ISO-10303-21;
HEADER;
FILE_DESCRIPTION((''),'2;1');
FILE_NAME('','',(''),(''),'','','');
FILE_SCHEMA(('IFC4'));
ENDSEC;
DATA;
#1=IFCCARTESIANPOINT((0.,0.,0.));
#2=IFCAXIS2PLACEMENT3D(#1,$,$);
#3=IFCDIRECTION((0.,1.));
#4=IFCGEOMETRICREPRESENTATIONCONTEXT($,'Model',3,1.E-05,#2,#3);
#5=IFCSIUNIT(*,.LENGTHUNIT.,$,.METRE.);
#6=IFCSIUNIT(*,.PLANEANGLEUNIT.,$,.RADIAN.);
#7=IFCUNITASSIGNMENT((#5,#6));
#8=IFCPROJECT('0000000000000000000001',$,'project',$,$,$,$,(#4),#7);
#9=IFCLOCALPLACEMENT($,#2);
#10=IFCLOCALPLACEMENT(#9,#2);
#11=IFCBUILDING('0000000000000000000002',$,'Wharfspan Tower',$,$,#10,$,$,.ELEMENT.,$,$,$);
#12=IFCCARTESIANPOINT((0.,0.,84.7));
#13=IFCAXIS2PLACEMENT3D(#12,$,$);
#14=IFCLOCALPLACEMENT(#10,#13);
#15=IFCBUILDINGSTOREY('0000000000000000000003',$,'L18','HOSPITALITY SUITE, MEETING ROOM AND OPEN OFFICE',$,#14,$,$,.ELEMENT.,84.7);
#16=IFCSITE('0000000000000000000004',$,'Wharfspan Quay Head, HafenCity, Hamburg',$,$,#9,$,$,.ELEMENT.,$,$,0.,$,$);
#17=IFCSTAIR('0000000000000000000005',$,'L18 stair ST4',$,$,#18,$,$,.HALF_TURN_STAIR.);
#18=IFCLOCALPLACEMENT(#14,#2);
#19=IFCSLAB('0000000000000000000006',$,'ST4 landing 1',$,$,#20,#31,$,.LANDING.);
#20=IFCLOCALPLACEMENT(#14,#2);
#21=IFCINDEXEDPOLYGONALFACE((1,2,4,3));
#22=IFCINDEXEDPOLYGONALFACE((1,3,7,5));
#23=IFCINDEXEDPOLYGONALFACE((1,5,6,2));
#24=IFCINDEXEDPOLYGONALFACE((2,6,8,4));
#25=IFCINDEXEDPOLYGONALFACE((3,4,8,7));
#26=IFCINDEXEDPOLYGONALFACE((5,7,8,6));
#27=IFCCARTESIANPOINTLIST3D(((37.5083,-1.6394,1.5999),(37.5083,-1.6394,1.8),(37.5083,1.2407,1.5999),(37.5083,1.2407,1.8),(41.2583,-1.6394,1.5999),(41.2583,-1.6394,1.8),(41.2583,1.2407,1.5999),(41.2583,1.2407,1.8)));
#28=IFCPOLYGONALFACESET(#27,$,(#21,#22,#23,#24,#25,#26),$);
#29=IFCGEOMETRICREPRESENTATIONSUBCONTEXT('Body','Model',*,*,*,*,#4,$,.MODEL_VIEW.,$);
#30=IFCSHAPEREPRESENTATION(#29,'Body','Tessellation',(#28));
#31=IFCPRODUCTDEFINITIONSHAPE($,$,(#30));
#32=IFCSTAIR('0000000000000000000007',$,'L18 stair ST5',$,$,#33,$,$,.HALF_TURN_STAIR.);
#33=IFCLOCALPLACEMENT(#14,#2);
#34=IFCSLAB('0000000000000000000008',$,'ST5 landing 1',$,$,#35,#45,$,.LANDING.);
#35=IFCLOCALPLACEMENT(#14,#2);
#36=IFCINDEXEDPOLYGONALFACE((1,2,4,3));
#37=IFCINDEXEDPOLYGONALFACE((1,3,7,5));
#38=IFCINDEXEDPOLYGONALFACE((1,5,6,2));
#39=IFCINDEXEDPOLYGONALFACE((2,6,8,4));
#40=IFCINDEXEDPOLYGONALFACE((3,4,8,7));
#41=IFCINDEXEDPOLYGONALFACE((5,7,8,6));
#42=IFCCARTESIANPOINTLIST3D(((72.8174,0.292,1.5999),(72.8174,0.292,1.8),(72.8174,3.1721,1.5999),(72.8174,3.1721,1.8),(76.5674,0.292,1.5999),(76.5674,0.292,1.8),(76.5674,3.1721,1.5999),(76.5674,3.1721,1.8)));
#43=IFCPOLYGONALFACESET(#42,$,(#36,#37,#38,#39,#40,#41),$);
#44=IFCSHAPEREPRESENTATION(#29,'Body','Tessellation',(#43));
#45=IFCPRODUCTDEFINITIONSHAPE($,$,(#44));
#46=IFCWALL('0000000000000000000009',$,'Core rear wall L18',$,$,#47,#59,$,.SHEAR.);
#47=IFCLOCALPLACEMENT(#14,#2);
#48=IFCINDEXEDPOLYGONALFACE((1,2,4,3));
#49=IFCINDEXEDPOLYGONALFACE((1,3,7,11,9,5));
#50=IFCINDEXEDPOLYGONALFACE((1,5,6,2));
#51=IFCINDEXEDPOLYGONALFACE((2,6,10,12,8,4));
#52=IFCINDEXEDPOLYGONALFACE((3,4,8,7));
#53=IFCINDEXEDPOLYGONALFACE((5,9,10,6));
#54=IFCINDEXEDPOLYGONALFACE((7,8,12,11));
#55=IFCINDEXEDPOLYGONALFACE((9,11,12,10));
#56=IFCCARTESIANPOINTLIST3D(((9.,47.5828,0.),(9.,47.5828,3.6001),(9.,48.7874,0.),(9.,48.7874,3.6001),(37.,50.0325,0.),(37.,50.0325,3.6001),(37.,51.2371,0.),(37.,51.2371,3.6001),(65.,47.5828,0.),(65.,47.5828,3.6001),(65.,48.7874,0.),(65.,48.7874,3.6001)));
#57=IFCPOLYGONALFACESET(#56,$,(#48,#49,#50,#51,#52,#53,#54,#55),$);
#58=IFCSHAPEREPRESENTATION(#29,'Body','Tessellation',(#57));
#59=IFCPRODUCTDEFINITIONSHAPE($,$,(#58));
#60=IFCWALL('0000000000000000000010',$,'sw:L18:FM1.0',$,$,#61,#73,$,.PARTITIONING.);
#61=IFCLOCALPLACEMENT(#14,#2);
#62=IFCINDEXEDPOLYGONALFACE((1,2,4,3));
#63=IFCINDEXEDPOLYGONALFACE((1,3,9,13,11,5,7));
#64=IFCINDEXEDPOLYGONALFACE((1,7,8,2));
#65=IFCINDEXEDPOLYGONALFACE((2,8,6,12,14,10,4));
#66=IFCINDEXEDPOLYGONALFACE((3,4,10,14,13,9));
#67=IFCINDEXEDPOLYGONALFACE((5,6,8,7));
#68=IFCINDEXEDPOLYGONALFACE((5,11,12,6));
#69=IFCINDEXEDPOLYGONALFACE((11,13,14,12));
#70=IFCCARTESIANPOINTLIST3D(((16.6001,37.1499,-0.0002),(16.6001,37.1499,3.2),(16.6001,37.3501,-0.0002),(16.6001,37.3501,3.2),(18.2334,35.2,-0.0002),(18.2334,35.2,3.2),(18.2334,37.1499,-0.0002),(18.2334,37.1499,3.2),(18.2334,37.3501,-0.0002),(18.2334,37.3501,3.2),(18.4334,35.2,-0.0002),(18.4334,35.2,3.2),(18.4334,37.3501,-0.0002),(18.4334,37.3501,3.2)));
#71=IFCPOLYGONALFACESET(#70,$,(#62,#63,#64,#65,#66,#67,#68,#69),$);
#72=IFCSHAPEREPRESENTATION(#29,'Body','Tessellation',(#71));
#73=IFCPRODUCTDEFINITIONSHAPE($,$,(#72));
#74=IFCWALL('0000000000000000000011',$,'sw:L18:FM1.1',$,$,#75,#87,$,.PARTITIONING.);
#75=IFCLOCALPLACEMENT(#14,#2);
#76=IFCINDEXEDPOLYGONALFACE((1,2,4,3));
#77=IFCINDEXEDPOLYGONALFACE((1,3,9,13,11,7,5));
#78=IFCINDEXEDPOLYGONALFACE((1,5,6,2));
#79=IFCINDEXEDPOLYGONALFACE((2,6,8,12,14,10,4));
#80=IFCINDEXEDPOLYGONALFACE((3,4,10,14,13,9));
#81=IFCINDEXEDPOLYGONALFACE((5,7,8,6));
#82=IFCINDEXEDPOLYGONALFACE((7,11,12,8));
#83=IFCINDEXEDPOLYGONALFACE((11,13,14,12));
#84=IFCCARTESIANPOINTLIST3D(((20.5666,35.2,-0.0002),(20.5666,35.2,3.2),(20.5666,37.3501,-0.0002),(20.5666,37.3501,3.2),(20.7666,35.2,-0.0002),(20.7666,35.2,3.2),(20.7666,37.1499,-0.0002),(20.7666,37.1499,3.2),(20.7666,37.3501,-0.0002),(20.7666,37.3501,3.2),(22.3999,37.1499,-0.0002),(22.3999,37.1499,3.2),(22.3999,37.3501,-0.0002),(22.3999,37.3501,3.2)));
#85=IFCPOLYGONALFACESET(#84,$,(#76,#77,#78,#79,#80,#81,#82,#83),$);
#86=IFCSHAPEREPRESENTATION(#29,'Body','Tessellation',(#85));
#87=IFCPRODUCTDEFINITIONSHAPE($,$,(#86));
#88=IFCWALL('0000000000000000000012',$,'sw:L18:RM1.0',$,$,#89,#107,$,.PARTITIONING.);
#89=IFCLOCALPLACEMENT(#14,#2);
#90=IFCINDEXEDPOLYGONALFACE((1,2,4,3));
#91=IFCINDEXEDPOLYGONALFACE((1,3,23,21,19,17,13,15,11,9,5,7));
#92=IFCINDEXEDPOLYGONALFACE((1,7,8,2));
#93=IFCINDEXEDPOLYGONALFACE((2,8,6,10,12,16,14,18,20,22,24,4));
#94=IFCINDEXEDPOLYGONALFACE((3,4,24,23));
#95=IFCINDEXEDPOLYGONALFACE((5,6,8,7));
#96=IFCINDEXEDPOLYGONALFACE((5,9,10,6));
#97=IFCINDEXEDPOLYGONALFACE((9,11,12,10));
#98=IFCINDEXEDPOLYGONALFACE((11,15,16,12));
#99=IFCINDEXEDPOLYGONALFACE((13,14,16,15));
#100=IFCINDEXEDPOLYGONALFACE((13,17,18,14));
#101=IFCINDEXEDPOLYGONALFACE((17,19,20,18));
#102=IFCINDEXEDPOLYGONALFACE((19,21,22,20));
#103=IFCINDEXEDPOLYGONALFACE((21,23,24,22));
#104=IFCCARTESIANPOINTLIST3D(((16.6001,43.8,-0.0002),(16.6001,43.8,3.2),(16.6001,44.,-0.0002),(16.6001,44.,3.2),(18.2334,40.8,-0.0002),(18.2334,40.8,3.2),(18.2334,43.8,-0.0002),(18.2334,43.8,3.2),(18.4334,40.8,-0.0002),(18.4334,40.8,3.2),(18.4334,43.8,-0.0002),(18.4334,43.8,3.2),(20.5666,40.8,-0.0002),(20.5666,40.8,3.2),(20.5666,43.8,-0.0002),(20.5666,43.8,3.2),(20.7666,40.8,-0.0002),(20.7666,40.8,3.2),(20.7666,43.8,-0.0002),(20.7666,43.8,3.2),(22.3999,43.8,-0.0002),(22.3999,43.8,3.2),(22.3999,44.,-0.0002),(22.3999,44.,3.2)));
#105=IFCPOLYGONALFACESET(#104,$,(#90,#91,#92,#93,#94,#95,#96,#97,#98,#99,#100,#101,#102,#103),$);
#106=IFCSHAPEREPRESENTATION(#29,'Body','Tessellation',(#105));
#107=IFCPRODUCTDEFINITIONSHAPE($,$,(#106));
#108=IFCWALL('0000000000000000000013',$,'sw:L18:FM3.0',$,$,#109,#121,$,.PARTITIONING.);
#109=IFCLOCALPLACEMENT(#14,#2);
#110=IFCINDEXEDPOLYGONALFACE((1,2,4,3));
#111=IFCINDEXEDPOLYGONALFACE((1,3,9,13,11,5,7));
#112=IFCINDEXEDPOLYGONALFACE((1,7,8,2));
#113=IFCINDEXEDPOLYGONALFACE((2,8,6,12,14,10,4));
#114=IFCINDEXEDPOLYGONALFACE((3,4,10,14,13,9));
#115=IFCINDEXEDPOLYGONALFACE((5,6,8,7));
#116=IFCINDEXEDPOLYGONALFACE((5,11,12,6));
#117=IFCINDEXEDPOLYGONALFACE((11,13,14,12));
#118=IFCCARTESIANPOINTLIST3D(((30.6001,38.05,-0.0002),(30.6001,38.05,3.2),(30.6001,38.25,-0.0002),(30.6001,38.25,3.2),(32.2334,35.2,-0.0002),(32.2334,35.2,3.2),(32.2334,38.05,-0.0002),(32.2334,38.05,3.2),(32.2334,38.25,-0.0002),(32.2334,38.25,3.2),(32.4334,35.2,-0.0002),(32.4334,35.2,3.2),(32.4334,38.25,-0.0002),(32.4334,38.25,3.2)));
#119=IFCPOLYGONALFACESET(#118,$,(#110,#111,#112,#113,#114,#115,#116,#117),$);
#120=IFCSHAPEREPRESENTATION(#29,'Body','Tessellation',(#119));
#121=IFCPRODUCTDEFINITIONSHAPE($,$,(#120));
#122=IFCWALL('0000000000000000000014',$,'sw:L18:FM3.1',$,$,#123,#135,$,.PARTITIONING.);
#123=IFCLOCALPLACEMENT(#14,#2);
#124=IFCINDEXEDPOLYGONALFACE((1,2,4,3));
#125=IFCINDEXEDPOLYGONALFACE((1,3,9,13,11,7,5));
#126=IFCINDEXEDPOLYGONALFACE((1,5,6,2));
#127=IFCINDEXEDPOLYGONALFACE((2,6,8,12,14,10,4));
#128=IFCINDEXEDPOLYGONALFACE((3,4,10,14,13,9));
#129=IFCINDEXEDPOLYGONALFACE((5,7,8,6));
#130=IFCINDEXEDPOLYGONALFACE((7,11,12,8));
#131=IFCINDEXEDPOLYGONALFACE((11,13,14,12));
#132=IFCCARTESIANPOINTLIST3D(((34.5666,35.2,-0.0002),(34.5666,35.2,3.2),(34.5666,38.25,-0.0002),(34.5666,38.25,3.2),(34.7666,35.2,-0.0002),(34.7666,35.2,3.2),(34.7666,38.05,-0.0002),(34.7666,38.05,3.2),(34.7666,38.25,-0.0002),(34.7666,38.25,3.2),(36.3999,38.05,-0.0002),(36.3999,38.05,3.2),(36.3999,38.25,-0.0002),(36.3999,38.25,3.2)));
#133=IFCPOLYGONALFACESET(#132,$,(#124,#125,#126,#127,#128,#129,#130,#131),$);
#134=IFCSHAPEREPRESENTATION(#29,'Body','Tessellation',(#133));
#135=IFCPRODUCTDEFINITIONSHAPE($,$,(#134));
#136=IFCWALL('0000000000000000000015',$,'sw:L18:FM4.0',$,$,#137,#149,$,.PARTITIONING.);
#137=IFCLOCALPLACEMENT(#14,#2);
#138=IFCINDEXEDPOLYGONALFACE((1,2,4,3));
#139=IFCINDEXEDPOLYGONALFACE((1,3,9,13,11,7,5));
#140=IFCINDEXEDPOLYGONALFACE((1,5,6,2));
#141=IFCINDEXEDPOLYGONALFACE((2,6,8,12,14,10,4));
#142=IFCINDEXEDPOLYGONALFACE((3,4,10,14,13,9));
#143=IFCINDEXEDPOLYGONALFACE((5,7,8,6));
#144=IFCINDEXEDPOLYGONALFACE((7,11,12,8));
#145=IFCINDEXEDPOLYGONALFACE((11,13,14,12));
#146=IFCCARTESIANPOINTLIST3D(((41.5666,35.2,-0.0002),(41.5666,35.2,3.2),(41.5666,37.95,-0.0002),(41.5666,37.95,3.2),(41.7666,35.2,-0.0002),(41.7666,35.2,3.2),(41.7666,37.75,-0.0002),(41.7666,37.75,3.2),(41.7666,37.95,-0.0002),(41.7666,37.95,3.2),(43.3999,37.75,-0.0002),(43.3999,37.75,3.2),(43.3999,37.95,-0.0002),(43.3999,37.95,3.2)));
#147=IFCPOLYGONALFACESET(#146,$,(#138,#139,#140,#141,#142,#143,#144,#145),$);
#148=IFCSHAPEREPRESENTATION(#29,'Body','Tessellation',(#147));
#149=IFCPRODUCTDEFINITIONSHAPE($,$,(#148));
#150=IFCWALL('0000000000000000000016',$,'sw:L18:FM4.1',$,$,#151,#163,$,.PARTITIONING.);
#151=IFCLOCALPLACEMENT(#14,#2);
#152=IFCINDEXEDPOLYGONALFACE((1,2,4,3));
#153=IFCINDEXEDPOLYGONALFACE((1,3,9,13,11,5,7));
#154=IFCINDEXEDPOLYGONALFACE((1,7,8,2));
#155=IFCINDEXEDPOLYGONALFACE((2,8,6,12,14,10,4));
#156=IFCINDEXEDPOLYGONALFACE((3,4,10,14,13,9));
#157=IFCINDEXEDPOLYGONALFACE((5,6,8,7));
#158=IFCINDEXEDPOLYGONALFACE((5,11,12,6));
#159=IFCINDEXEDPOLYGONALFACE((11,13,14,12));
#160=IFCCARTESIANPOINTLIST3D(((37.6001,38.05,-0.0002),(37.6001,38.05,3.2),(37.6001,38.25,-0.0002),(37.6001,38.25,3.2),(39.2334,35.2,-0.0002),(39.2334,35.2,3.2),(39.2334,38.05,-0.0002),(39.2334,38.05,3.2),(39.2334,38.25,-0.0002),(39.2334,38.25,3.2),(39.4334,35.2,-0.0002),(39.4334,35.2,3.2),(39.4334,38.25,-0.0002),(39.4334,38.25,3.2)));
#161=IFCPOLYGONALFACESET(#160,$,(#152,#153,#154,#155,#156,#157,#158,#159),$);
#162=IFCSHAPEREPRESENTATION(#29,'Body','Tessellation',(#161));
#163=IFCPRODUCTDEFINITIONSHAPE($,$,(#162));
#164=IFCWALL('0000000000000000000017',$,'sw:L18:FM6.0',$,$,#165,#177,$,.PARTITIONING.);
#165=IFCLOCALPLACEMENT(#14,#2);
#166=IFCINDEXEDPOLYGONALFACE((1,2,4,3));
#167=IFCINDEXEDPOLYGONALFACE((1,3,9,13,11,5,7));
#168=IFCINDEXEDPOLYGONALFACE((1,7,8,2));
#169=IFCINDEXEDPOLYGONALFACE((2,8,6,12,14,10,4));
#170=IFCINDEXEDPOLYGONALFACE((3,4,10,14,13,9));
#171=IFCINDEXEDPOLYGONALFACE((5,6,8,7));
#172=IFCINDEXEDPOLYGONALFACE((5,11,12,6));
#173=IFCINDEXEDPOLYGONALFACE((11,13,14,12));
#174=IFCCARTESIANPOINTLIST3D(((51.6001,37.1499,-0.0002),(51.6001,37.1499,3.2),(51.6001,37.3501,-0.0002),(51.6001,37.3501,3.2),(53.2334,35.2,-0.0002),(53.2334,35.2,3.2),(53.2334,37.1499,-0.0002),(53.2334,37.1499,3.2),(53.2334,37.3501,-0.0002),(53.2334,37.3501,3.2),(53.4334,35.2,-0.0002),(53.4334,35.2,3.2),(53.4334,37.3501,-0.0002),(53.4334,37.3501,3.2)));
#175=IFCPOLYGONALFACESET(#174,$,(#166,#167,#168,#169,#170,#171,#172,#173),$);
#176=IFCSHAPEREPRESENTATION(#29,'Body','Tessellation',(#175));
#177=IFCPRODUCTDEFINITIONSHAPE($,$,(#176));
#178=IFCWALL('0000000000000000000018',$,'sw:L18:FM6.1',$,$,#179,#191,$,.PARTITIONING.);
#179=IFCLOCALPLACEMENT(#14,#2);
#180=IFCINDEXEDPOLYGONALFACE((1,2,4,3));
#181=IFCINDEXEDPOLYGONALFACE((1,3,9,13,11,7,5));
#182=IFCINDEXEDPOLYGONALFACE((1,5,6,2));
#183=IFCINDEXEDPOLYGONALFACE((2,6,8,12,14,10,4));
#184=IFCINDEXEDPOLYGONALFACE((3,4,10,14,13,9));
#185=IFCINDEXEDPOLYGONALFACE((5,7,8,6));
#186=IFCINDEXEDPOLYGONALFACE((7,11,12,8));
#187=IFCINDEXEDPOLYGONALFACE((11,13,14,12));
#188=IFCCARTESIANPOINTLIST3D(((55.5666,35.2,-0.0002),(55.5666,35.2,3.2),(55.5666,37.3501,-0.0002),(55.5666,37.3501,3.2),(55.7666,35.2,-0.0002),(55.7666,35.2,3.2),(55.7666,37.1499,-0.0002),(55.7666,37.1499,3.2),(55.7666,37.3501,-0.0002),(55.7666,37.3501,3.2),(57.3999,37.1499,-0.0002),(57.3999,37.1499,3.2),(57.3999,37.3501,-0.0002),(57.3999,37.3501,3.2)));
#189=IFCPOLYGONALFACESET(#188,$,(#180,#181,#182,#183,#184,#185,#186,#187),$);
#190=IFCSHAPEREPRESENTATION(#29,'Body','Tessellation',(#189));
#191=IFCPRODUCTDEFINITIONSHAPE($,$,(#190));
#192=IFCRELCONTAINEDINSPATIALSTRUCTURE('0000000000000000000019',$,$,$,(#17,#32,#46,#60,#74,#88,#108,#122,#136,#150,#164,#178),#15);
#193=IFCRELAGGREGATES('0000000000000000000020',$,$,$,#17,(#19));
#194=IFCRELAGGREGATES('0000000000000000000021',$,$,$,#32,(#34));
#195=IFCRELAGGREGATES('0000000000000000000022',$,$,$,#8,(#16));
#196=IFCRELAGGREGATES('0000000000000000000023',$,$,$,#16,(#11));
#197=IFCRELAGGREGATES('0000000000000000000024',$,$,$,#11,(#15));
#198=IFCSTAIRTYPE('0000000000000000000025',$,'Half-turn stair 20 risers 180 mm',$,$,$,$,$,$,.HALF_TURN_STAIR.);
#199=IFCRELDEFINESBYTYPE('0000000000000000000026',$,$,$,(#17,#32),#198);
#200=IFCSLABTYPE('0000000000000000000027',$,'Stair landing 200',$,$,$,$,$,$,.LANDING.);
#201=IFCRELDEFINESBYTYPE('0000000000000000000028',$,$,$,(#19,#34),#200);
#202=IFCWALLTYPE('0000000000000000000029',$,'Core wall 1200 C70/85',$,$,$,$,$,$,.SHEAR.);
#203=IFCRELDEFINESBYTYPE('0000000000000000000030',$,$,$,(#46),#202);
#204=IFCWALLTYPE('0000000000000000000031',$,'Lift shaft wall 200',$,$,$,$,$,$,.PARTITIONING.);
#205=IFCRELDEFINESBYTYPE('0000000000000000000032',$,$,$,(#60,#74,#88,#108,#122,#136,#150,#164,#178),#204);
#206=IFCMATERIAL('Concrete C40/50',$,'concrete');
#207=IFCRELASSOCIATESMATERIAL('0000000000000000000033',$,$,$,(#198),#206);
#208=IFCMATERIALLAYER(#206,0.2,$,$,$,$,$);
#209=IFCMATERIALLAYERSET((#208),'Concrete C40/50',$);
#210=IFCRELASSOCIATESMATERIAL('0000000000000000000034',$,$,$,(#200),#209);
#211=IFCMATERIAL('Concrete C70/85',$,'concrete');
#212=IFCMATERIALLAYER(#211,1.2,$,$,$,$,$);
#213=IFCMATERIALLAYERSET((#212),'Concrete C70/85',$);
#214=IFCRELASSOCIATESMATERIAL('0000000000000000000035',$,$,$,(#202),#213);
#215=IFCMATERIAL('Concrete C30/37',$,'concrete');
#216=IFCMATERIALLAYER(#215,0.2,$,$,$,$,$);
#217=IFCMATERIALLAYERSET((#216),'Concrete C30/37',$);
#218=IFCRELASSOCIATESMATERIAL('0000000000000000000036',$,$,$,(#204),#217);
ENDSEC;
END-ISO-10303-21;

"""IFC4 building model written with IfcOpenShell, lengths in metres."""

from ifc_helpers import new_model, si_unit, direction, frame, origin, place, context, subcontext, project, spatial, polyline, outline, extrude, material, layer, layer_set, type_object, element, aggregate, save


model = new_model("IFC4")

# Units and contexts
model_context = context("Model", 3, precision=1e-05, world=origin(), true_north=direction((0.0, 1.0)))
body_context = subcontext(model_context, "Body", "Model", "MODEL_VIEW")
ifc_project = project(units=[si_unit("LENGTHUNIT", "METRE"), si_unit("PLANEANGLEUNIT", "RADIAN")], contexts=[model_context])

# Site, building, storey
site_placement = place(None, origin())
site = spatial("IfcSite", under=ifc_project, at=site_placement, Name="Wharfspan Quay Head, HafenCity, Hamburg", CompositionType="ELEMENT", RefElevation=0.0)
building_placement = place(site_placement, origin())
building = spatial("IfcBuilding", under=site, at=building_placement, Name="Wharfspan Tower", CompositionType="ELEMENT")
storey_placement = place(building_placement, frame((0.0, 0.0, 84.7)))
storey = spatial("IfcBuildingStorey", under=building, at=storey_placement, Name="L18", Description="HOSPITALITY SUITE, MEETING ROOM AND OPEN OFFICE", CompositionType="ELEMENT", Elevation=84.7)

# Shared definitions
ifc_material_1 = material(Name="Concrete C40/50", Category="concrete")

# Stairs, slabs
stair_type = type_object("IfcStairType", Name="Half-turn stair 20 risers 180 mm", PredefinedType="HALF_TURN_STAIR", material=ifc_material_1)
ifc_layer_1 = layer(ifc_material_1, 0.2)
ifc_layer_set_1 = layer_set([ifc_layer_1], Name="Concrete C40/50")
slab_type_1 = type_object("IfcSlabType", Name="Stair landing 200", PredefinedType="LANDING", material=ifc_layer_set_1)
stair_1_placement = place(storey_placement, origin())
stair_1 = element("IfcStair", 1, at=stair_1_placement, inside=storey, type_object=stair_type, Name="L18 stair ST4", PredefinedType="HALF_TURN_STAIR")
slab_1_placement = place(storey_placement, frame((0.0, 0.0, 1.5999)))
slab_1 = element("IfcSlab", 2, at=slab_1_placement, type_object=slab_type_1, Name="ST4 landing 1", PredefinedType="LANDING", context=body_context, shape_type="SweptSolid", body=[
    extrude(outline(polyline([(37.5083, 1.2407), (37.5083, -1.6394), (41.2583, -1.6394), (41.2583, 1.2407), (37.5083, 1.2407)])), origin(), (0.0, 0.0, 1.0), 0.2002),
])
aggregate(stair_1, [slab_1])
stair_2_placement = place(storey_placement, origin())
stair_2 = element("IfcStair", 3, at=stair_2_placement, inside=storey, type_object=stair_type, Name="L18 stair ST5", PredefinedType="HALF_TURN_STAIR")
slab_2_placement = place(storey_placement, frame((0.0, 0.0, 1.5999)))
slab_2 = element("IfcSlab", 4, at=slab_2_placement, type_object=slab_type_1, Name="ST5 landing 1", PredefinedType="LANDING", context=body_context, shape_type="SweptSolid", body=[
    extrude(outline(polyline([(72.8174, 3.1721), (72.8174, 0.292), (76.5674, 0.292), (76.5674, 3.1721), (72.8174, 3.1721)])), origin(), (0.0, 0.0, 1.0), 0.2002),
])
aggregate(stair_2, [slab_2])

# Walls
ifc_material_2 = material(Name="Concrete C70/85", Category="concrete")
ifc_layer_2 = layer(ifc_material_2, 1.2)
ifc_layer_set_2 = layer_set([ifc_layer_2], Name="Concrete C70/85")
wall_type_1 = type_object("IfcWallType", Name="Core wall 1200 C70/85", PredefinedType="SHEAR", material=ifc_layer_set_2)
wall_1_placement = place(storey_placement, origin())
element("IfcWall", 5, at=wall_1_placement, inside=storey, type_object=wall_type_1, Name="Core rear wall L18", PredefinedType="SHEAR", context=body_context, shape_type="SweptSolid", body=[
    extrude(outline(polyline([(9.0, 47.5828), (37.0, 50.0325), (65.0, 47.5828), (65.0, 48.7874), (37.0, 51.2371), (9.0, 48.7874), (9.0, 47.5828)])), origin(), (0.0, 0.0, 1.0), 3.6001),
])
ifc_material_3 = material(Name="Concrete C30/37", Category="concrete")
ifc_layer_3 = layer(ifc_material_3, 0.2)
ifc_layer_set_3 = layer_set([ifc_layer_3], Name="Concrete C30/37")
wall_type_2 = type_object("IfcWallType", Name="Lift shaft wall 200", PredefinedType="PARTITIONING", material=ifc_layer_set_3)
wall_2_placement = place(storey_placement, frame((0.0, 0.0, -0.0002)))
element("IfcWall", 6, at=wall_2_placement, inside=storey, type_object=wall_type_2, Name="sw:L18:FM1.0", PredefinedType="PARTITIONING", context=body_context, shape_type="SweptSolid", body=[
    extrude(outline(polyline([(18.2334, 37.1499), (16.6001, 37.1499), (16.6001, 37.3501), (18.2334, 37.3501), (18.4334, 37.3501), (18.4334, 35.2), (18.2334, 35.2), (18.2334, 37.1499)])), origin(), (0.0, 0.0, 1.0), 3.2002),
])
wall_3_placement = place(storey_placement, frame((0.0, 0.0, -0.0002)))
element("IfcWall", 7, at=wall_3_placement, inside=storey, type_object=wall_type_2, Name="sw:L18:FM1.1", PredefinedType="PARTITIONING", context=body_context, shape_type="SweptSolid", body=[
    extrude(outline(polyline([(20.5666, 37.3501), (20.7666, 37.3501), (22.3999, 37.3501), (22.3999, 37.1499), (20.7666, 37.1499), (20.7666, 35.2), (20.5666, 35.2), (20.5666, 37.3501)])), origin(), (0.0, 0.0, 1.0), 3.2002),
])
wall_4_placement = place(storey_placement, frame((0.0, 0.0, -0.0002)))
element("IfcWall", 8, at=wall_4_placement, inside=storey, type_object=wall_type_2, Name="sw:L18:RM1.0", PredefinedType="PARTITIONING", context=body_context, shape_type="SweptSolid", body=[
    extrude(outline(polyline([(18.4334, 40.8), (18.2334, 40.8), (18.2334, 43.8), (16.6001, 43.8), (16.6001, 44.0), (22.3999, 44.0), (22.3999, 43.8), (20.7666, 43.8), (20.7666, 40.8), (20.5666, 40.8), (20.5666, 43.8), (18.4334, 43.8), (18.4334, 40.8)])), origin(), (0.0, 0.0, 1.0), 3.2002),
])
wall_5_placement = place(storey_placement, frame((0.0, 0.0, -0.0002)))
element("IfcWall", 9, at=wall_5_placement, inside=storey, type_object=wall_type_2, Name="sw:L18:FM3.0", PredefinedType="PARTITIONING", context=body_context, shape_type="SweptSolid", body=[
    extrude(outline(polyline([(32.2334, 38.05), (30.6001, 38.05), (30.6001, 38.25), (32.2334, 38.25), (32.4333, 38.25), (32.4333, 35.2), (32.2334, 35.2), (32.2334, 38.05)])), origin(), (0.0, 0.0, 1.0), 3.2002),
])
wall_6_placement = place(storey_placement, frame((0.0, 0.0, -0.0002)))
element("IfcWall", 10, at=wall_6_placement, inside=storey, type_object=wall_type_2, Name="sw:L18:FM3.1", PredefinedType="PARTITIONING", context=body_context, shape_type="SweptSolid", body=[
    extrude(outline(polyline([(34.5667, 38.25), (34.7666, 38.25), (36.3999, 38.25), (36.3999, 38.05), (34.7666, 38.05), (34.7666, 35.2), (34.5667, 35.2), (34.5667, 38.25)])), origin(), (0.0, 0.0, 1.0), 3.2002),
])
wall_7_placement = place(storey_placement, frame((0.0, 0.0, -0.0002)))
element("IfcWall", 11, at=wall_7_placement, inside=storey, type_object=wall_type_2, Name="sw:L18:FM4.0", PredefinedType="PARTITIONING", context=body_context, shape_type="SweptSolid", body=[
    extrude(outline(polyline([(41.5667, 37.95), (41.7666, 37.95), (43.3999, 37.95), (43.3999, 37.75), (41.7666, 37.75), (41.7666, 35.2), (41.5667, 35.2), (41.5667, 37.95)])), origin(), (0.0, 0.0, 1.0), 3.2002),
])
wall_8_placement = place(storey_placement, frame((0.0, 0.0, -0.0002)))
element("IfcWall", 12, at=wall_8_placement, inside=storey, type_object=wall_type_2, Name="sw:L18:FM4.1", PredefinedType="PARTITIONING", context=body_context, shape_type="SweptSolid", body=[
    extrude(outline(polyline([(39.2334, 38.05), (37.6001, 38.05), (37.6001, 38.25), (39.2334, 38.25), (39.4333, 38.25), (39.4333, 35.2), (39.2334, 35.2), (39.2334, 38.05)])), origin(), (0.0, 0.0, 1.0), 3.2002),
])
wall_9_placement = place(storey_placement, frame((0.0, 0.0, -0.0002)))
element("IfcWall", 13, at=wall_9_placement, inside=storey, type_object=wall_type_2, Name="sw:L18:FM6.0", PredefinedType="PARTITIONING", context=body_context, shape_type="SweptSolid", body=[
    extrude(outline(polyline([(53.2334, 37.1499), (51.6001, 37.1499), (51.6001, 37.3501), (53.2334, 37.3501), (53.4333, 37.3501), (53.4333, 35.2), (53.2334, 35.2), (53.2334, 37.1499)])), origin(), (0.0, 0.0, 1.0), 3.2002),
])
wall_10_placement = place(storey_placement, frame((0.0, 0.0, -0.0002)))
element("IfcWall", 14, at=wall_10_placement, inside=storey, type_object=wall_type_2, Name="sw:L18:FM6.1", PredefinedType="PARTITIONING", context=body_context, shape_type="SweptSolid", body=[
    extrude(outline(polyline([(55.5667, 37.3501), (55.7666, 37.3501), (57.3999, 37.3501), (57.3999, 37.1499), (55.7666, 37.1499), (55.7666, 35.2), (55.5667, 35.2), (55.5667, 37.3501)])), origin(), (0.0, 0.0, 1.0), 3.2002),
])

save(model, "model.ifc")
